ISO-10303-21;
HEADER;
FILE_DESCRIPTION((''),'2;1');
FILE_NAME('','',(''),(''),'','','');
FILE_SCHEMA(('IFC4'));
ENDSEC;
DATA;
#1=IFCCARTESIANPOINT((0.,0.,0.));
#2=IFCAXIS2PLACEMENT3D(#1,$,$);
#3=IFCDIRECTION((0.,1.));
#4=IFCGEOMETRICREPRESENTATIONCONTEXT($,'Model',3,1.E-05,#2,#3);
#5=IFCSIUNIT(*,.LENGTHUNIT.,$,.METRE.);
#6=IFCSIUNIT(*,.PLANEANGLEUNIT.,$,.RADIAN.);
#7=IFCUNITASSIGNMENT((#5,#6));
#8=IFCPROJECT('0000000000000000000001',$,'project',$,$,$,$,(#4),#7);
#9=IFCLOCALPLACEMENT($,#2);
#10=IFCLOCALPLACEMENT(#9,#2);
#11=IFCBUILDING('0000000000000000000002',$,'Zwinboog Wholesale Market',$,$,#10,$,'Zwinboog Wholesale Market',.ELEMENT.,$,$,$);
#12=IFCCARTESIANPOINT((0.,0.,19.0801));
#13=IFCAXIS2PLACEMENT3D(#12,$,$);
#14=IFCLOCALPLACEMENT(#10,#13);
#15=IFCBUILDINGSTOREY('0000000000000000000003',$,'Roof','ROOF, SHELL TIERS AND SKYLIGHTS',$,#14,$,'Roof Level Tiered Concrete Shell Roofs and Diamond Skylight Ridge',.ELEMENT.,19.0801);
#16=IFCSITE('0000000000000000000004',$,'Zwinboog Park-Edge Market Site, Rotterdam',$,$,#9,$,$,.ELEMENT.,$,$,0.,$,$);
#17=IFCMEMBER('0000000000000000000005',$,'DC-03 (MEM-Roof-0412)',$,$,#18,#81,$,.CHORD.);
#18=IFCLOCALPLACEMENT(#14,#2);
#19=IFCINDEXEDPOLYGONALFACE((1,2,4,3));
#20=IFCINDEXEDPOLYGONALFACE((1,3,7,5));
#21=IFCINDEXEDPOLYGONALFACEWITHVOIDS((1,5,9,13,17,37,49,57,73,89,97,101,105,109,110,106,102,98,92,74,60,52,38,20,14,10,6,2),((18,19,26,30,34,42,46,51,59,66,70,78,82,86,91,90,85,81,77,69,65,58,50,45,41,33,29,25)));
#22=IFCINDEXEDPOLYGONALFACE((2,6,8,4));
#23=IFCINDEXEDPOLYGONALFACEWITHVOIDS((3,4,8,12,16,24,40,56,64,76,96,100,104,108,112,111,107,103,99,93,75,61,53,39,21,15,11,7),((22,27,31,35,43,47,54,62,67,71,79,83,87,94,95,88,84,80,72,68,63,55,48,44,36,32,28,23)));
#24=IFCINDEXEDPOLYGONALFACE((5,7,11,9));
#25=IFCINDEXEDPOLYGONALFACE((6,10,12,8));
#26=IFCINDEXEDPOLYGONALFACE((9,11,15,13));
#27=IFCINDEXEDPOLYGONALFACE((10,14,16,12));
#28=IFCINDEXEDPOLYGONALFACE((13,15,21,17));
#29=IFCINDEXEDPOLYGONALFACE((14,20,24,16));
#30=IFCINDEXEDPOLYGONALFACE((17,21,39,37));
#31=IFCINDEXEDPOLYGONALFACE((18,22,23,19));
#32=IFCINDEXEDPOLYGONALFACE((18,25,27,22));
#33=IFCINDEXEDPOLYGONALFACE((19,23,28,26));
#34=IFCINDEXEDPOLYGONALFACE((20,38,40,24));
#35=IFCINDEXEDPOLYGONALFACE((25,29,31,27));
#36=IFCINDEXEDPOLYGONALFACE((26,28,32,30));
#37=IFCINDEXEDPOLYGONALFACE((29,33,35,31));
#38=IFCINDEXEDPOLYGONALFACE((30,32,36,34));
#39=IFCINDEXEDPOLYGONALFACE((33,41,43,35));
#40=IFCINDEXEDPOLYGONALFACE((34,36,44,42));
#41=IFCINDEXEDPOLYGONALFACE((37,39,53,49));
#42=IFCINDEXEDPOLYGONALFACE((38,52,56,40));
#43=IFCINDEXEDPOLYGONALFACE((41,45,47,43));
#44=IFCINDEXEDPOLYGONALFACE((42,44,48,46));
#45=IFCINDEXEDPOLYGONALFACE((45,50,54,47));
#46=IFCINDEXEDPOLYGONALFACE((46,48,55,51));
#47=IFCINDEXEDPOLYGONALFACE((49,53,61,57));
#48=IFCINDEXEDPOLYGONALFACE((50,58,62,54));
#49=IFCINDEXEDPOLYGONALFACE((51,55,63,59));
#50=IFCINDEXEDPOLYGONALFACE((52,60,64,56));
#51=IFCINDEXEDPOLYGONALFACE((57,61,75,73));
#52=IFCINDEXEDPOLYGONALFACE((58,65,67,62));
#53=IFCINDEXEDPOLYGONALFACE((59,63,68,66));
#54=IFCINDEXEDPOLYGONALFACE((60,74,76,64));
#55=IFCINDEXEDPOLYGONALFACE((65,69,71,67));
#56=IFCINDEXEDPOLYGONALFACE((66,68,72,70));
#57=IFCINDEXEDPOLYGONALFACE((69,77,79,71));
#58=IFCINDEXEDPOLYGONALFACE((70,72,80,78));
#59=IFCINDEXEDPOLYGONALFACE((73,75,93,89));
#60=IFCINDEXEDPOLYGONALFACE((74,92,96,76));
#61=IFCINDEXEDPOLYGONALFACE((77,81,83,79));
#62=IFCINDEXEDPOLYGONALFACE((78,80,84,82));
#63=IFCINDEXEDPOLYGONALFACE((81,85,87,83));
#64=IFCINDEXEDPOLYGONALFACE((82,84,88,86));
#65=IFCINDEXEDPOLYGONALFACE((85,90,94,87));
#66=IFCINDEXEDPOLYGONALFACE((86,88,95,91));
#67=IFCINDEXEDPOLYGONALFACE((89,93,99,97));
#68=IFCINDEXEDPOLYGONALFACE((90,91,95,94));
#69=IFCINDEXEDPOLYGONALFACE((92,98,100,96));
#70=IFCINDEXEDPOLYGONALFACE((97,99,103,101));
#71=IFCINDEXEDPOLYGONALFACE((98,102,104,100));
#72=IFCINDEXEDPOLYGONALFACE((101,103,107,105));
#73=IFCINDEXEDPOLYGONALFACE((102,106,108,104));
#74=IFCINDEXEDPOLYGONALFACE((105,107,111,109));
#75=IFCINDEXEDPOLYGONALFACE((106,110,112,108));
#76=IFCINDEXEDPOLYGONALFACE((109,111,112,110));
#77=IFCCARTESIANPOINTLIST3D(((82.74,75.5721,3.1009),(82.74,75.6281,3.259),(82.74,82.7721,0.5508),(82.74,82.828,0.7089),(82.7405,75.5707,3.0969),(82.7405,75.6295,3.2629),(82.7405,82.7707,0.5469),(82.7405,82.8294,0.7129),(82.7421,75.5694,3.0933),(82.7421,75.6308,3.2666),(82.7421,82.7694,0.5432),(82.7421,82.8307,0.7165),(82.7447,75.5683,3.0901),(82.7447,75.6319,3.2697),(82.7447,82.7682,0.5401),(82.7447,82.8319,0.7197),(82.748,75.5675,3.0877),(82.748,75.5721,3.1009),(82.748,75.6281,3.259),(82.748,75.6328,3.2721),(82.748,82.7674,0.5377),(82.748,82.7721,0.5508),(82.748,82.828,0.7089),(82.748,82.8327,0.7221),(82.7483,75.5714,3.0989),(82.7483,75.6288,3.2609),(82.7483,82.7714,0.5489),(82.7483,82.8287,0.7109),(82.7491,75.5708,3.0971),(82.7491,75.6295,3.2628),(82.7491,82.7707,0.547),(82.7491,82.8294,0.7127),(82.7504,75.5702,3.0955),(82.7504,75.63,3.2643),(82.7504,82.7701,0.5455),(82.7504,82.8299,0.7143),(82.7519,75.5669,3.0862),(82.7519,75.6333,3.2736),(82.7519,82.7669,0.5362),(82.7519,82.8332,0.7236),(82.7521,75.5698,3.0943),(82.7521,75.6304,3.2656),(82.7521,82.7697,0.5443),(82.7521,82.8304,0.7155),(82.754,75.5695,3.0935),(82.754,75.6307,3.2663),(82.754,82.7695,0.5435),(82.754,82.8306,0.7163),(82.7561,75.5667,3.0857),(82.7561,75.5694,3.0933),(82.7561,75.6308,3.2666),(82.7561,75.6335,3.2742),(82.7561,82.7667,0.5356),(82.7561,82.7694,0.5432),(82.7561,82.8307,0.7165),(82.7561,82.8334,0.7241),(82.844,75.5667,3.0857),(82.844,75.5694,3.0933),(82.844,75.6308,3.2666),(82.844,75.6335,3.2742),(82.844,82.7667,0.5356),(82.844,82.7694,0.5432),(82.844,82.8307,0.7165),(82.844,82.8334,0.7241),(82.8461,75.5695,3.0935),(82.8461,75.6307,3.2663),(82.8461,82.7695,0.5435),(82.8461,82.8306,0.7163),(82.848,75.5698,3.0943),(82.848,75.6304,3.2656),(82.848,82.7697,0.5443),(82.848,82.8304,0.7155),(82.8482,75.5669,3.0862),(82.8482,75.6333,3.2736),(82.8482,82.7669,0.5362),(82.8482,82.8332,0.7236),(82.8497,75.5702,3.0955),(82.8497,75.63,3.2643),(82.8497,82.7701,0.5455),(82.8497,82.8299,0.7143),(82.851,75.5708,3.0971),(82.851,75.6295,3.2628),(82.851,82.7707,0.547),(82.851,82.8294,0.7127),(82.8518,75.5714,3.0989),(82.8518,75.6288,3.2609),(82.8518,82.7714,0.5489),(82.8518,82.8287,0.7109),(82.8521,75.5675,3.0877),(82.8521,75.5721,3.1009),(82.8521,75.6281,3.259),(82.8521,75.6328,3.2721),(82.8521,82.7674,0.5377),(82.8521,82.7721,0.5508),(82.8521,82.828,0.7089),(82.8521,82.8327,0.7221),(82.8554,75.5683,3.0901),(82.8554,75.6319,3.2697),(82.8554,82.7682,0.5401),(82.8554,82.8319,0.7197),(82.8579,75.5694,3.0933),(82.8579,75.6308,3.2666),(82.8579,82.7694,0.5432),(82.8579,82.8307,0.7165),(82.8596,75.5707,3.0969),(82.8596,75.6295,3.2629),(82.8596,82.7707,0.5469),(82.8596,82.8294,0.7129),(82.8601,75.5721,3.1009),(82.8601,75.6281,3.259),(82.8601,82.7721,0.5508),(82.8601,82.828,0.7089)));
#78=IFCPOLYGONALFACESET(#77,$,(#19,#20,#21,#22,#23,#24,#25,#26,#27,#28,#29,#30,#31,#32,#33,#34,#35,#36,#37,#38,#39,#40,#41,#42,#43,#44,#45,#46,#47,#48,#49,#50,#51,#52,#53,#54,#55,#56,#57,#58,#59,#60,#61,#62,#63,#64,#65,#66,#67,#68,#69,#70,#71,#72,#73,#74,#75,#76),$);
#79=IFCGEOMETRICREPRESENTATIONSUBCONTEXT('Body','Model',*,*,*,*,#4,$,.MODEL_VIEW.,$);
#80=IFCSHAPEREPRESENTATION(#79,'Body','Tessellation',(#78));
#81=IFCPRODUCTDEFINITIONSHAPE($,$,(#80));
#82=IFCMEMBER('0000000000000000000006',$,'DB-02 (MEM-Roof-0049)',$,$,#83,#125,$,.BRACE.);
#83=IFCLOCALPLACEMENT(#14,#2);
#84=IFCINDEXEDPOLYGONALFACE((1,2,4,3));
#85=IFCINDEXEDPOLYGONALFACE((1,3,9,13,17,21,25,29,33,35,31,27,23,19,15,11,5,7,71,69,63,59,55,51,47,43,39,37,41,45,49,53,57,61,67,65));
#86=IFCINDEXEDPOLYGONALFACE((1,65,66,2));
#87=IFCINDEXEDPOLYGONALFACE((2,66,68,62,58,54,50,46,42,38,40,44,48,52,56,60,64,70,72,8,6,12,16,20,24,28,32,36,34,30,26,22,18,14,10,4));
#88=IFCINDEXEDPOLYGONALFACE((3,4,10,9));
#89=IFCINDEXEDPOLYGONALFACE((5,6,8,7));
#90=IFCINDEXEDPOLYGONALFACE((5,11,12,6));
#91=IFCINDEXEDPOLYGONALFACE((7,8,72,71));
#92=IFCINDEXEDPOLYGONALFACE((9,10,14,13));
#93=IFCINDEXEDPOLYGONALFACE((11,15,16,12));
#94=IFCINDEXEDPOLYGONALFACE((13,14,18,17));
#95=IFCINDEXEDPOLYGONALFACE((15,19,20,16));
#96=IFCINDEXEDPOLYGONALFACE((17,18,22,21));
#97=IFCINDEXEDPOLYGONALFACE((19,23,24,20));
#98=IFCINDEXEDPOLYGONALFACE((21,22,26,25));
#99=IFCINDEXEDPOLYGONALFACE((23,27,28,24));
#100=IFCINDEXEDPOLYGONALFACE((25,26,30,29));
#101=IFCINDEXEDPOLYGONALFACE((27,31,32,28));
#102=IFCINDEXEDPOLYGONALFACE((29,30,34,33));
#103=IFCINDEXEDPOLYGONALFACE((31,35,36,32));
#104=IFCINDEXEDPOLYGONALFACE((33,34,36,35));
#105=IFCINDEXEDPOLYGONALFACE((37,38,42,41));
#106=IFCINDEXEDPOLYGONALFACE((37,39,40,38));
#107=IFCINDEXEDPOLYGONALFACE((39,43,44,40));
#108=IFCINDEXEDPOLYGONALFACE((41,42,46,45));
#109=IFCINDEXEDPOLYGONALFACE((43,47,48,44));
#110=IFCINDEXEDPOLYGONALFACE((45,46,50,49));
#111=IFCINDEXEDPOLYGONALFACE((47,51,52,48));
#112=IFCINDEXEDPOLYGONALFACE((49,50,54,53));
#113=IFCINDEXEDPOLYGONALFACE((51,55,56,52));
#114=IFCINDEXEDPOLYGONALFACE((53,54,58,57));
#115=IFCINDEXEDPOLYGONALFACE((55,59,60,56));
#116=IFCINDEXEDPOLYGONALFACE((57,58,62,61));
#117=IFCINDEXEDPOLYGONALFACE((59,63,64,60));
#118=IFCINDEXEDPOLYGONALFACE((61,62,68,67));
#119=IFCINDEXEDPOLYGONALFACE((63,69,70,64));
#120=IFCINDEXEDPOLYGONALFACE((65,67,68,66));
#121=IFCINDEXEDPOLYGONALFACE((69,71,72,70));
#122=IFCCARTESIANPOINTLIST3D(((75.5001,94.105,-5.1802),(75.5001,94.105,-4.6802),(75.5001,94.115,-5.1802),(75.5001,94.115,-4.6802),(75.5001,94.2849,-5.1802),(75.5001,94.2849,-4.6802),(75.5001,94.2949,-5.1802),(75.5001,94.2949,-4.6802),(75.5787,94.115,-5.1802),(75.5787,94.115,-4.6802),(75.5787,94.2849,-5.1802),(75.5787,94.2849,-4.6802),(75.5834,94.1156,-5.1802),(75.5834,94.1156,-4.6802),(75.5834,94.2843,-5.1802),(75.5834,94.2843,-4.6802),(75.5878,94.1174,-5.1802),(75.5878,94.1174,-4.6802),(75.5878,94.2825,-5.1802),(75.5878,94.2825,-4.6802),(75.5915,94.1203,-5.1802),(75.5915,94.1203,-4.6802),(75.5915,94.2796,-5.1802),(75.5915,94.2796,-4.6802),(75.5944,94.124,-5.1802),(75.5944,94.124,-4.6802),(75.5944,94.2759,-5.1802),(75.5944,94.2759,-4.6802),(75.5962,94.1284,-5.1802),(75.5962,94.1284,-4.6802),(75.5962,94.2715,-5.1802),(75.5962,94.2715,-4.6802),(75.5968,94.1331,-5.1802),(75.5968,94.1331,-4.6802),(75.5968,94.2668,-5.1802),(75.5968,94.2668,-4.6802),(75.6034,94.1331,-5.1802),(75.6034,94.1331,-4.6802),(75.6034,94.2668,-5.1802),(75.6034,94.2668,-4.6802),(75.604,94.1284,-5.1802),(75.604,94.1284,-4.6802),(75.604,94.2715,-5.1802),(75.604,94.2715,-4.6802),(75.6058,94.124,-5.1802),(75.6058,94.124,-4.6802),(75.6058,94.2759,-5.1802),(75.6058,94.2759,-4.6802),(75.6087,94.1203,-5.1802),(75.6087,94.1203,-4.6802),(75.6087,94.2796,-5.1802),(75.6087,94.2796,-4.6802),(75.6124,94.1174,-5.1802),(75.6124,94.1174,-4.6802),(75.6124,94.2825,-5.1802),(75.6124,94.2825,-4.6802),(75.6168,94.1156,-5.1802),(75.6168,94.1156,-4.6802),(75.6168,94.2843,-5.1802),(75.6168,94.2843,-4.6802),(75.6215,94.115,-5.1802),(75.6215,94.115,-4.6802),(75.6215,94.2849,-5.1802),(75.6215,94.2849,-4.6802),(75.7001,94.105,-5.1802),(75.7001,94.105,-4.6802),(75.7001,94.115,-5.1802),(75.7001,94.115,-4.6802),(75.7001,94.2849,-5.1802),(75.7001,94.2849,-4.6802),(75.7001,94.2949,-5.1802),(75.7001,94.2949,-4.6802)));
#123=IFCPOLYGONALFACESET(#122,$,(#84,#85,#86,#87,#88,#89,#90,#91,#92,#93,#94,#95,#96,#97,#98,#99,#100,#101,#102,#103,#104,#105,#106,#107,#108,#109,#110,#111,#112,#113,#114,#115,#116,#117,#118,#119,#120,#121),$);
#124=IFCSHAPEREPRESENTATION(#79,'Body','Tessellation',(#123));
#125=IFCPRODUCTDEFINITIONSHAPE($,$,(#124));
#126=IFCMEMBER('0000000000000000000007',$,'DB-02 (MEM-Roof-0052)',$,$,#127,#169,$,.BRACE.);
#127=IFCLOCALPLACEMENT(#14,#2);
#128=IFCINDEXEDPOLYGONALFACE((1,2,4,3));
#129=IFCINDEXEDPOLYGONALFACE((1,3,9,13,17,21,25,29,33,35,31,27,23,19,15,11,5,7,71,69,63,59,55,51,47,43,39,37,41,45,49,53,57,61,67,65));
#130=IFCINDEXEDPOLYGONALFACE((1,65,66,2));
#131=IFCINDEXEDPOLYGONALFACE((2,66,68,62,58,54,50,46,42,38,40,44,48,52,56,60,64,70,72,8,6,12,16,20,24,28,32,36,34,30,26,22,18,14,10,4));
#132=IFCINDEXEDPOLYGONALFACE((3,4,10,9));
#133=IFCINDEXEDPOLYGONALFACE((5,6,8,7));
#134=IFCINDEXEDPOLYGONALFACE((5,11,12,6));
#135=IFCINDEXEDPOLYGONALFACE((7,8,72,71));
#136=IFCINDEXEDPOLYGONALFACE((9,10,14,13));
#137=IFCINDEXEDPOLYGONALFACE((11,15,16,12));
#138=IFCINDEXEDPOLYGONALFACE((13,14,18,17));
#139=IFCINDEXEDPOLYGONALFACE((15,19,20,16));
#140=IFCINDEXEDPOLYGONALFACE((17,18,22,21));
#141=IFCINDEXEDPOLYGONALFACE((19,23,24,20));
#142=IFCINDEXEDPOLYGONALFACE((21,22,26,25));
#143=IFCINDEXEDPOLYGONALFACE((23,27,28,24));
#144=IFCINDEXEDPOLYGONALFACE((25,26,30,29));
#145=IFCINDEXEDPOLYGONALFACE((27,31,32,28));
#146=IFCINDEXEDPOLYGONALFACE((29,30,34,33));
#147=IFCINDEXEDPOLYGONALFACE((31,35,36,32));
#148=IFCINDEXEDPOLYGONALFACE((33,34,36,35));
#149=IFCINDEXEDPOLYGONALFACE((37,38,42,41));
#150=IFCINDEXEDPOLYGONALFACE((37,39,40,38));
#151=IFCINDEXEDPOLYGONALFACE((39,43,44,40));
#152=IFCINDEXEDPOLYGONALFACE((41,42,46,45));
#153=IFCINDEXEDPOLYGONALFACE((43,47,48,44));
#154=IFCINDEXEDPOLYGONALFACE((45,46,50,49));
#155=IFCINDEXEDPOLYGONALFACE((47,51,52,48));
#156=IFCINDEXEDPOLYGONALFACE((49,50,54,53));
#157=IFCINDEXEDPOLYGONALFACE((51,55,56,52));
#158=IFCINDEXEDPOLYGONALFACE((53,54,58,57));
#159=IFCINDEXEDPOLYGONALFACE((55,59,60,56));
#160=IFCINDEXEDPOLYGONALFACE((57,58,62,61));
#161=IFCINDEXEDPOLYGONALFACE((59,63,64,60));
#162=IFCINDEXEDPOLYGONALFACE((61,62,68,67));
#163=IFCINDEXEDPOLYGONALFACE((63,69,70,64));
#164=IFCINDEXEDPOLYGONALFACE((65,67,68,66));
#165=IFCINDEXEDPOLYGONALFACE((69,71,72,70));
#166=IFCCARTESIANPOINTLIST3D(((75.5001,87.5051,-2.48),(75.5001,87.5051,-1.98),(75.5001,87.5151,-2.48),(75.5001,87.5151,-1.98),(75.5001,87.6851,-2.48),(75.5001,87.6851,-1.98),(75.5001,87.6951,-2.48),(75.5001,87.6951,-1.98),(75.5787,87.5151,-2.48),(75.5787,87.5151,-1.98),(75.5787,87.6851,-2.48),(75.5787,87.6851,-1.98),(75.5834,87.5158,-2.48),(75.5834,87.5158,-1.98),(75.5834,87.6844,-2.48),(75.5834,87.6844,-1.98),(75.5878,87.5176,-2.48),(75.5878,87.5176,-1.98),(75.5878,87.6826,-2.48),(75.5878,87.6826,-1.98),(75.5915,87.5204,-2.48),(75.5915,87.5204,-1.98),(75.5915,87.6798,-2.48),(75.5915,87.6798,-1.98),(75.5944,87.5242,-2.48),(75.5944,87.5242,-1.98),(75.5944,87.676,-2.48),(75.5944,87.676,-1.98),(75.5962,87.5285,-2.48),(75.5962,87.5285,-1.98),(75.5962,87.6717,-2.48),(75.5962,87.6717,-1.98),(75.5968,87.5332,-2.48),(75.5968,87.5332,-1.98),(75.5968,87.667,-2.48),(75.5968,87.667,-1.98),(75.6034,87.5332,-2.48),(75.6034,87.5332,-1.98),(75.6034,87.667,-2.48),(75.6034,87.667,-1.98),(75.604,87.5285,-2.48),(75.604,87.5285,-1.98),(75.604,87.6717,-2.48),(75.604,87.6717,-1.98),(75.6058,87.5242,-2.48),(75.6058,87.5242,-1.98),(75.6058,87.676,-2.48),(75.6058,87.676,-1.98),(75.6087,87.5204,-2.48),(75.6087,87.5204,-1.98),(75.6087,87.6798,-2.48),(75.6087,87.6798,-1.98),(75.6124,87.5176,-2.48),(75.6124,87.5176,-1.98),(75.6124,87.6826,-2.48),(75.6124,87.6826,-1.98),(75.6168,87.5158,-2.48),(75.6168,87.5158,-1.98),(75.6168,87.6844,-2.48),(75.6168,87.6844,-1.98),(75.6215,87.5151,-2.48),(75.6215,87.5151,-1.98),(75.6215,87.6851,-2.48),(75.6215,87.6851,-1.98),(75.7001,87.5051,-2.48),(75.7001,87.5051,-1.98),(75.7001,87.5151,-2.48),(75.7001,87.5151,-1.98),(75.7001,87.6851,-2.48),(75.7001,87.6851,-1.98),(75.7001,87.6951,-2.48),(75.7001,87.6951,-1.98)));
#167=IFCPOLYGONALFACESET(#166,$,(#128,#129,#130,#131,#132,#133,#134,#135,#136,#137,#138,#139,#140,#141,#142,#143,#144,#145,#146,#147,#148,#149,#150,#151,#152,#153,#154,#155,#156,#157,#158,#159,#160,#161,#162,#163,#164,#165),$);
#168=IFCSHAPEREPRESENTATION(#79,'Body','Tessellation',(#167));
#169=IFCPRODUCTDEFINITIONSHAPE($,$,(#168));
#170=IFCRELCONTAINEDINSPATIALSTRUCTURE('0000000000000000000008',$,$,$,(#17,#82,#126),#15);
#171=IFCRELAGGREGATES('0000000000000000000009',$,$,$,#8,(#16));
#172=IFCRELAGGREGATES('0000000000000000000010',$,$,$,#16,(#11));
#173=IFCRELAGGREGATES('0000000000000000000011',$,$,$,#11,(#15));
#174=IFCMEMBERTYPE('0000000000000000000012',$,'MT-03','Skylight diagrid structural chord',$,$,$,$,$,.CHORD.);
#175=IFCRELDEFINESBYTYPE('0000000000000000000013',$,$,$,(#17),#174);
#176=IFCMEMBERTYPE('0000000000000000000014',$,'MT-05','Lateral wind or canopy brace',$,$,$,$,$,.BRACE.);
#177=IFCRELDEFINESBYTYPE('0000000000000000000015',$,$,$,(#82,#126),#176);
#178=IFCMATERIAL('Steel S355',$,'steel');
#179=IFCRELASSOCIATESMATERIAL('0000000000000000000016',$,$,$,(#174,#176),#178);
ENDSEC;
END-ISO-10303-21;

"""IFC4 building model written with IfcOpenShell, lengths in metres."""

from ifc_helpers import new_model, si_unit, direction, frame, origin, origin_2d, place, context, subcontext, project, spatial, hollow_rectangle, i_section, extrude, material, material_profile, profile_set, type_object, element, save


model = new_model("IFC4")

# Units and contexts
model_context = context("Model", 3, precision=1e-05, world=origin(), true_north=direction((0.0, 1.0)))
body_context = subcontext(model_context, "Body", "Model", "MODEL_VIEW")
ifc_project = project(units=[si_unit("LENGTHUNIT", "METRE"), si_unit("PLANEANGLEUNIT", "RADIAN")], contexts=[model_context])

# Site, building, storey
site_placement = place(None, origin())
site = spatial("IfcSite", under=ifc_project, at=site_placement, Name="Zwinboog Park-Edge Market Site, Rotterdam", CompositionType="ELEMENT", RefElevation=0.0)
building_placement = place(site_placement, origin())
building = spatial("IfcBuilding", under=site, at=building_placement, Name="Zwinboog Wholesale Market", LongName="Zwinboog Wholesale Market", CompositionType="ELEMENT")
storey_placement = place(building_placement, frame((0.0, 0.0, 19.0801)))
storey = spatial("IfcBuildingStorey", under=building, at=storey_placement, Name="Roof", Description="ROOF, SHELL TIERS AND SKYLIGHTS", LongName="Roof Level Tiered Concrete Shell Roofs and Diamond Skylight Ridge", CompositionType="ELEMENT", Elevation=19.0801)

# Members
ifc_material_1 = material(Name="Steel S355", Category="steel")
ifc_material_profile_1 = material_profile(ifc_material_1, hollow_rectangle(XDim=0.1201, YDim=0.2, WallThickness=0.0081, InnerFilletRadius=0.0081, OuterFilletRadius=0.0161, at=origin_2d()), Name="RHS 200x120x8")
ifc_profile_set_1 = profile_set([ifc_material_profile_1], Name="Steel S355")
member_type_1 = type_object("IfcMemberType", Name="MT-03", Description="Skylight diagrid structural chord", PredefinedType="CHORD", material=ifc_profile_set_1)
for number, where, z_axis, x_axis, name in (
    (1, (82.8, 82.8, 0.6299), (0.0, -0.942625, 0.333855), (1.0, 0.0, 0.0), "DC-03 (MEM-Roof-0412)"),
):
    element("IfcMember", number, at=place(storey_placement, frame(where, z_axis=z_axis, x_axis=x_axis)), inside=storey, type_object=member_type_1, Name=name, PredefinedType="CHORD", context=body_context, shape_type="SweptSolid", body=[
        extrude(hollow_rectangle(XDim=0.1201, YDim=0.2, WallThickness=0.0081, InnerFilletRadius=0.0081, OuterFilletRadius=0.0161, at=origin_2d()), origin(), (0.0, 0.0, 1.0), 7.6382),
    ])
ifc_material_profile_2 = material_profile(ifc_material_1, i_section(OverallWidth=0.2, OverallDepth=0.1899, WebThickness=0.0066, FlangeThickness=0.01, FilletRadius=0.0181, at=origin_2d()), Name="HEA 200")
ifc_profile_set_2 = profile_set([ifc_material_profile_2], Name="Steel S355")
member_type_2 = type_object("IfcMemberType", Name="MT-05", Description="Lateral wind or canopy brace", PredefinedType="BRACE", material=ifc_profile_set_2)
for number, where, z_axis, x_axis, name in (
    (2, (75.6001, 94.2, -5.1802), (0.0, 0.0, 1.0), (1.0, 0.0, 0.0), "DB-02 (MEM-Roof-0049)"),
    (3, (75.6001, 87.6001, -2.48), (0.0, 0.0, 1.0), (1.0, 0.0, 0.0), "DB-02 (MEM-Roof-0052)"),
):
    element("IfcMember", number, at=place(storey_placement, frame(where, z_axis=z_axis, x_axis=x_axis)), inside=storey, type_object=member_type_2, Name=name, PredefinedType="BRACE", context=body_context, shape_type="SweptSolid", body=[
        extrude(i_section(OverallWidth=0.2, OverallDepth=0.1899, WebThickness=0.0066, FlangeThickness=0.01, FilletRadius=0.0181, at=origin_2d()), origin(), (0.0, 0.0, 1.0), 0.5),
    ])

save(model, "model.ifc")
